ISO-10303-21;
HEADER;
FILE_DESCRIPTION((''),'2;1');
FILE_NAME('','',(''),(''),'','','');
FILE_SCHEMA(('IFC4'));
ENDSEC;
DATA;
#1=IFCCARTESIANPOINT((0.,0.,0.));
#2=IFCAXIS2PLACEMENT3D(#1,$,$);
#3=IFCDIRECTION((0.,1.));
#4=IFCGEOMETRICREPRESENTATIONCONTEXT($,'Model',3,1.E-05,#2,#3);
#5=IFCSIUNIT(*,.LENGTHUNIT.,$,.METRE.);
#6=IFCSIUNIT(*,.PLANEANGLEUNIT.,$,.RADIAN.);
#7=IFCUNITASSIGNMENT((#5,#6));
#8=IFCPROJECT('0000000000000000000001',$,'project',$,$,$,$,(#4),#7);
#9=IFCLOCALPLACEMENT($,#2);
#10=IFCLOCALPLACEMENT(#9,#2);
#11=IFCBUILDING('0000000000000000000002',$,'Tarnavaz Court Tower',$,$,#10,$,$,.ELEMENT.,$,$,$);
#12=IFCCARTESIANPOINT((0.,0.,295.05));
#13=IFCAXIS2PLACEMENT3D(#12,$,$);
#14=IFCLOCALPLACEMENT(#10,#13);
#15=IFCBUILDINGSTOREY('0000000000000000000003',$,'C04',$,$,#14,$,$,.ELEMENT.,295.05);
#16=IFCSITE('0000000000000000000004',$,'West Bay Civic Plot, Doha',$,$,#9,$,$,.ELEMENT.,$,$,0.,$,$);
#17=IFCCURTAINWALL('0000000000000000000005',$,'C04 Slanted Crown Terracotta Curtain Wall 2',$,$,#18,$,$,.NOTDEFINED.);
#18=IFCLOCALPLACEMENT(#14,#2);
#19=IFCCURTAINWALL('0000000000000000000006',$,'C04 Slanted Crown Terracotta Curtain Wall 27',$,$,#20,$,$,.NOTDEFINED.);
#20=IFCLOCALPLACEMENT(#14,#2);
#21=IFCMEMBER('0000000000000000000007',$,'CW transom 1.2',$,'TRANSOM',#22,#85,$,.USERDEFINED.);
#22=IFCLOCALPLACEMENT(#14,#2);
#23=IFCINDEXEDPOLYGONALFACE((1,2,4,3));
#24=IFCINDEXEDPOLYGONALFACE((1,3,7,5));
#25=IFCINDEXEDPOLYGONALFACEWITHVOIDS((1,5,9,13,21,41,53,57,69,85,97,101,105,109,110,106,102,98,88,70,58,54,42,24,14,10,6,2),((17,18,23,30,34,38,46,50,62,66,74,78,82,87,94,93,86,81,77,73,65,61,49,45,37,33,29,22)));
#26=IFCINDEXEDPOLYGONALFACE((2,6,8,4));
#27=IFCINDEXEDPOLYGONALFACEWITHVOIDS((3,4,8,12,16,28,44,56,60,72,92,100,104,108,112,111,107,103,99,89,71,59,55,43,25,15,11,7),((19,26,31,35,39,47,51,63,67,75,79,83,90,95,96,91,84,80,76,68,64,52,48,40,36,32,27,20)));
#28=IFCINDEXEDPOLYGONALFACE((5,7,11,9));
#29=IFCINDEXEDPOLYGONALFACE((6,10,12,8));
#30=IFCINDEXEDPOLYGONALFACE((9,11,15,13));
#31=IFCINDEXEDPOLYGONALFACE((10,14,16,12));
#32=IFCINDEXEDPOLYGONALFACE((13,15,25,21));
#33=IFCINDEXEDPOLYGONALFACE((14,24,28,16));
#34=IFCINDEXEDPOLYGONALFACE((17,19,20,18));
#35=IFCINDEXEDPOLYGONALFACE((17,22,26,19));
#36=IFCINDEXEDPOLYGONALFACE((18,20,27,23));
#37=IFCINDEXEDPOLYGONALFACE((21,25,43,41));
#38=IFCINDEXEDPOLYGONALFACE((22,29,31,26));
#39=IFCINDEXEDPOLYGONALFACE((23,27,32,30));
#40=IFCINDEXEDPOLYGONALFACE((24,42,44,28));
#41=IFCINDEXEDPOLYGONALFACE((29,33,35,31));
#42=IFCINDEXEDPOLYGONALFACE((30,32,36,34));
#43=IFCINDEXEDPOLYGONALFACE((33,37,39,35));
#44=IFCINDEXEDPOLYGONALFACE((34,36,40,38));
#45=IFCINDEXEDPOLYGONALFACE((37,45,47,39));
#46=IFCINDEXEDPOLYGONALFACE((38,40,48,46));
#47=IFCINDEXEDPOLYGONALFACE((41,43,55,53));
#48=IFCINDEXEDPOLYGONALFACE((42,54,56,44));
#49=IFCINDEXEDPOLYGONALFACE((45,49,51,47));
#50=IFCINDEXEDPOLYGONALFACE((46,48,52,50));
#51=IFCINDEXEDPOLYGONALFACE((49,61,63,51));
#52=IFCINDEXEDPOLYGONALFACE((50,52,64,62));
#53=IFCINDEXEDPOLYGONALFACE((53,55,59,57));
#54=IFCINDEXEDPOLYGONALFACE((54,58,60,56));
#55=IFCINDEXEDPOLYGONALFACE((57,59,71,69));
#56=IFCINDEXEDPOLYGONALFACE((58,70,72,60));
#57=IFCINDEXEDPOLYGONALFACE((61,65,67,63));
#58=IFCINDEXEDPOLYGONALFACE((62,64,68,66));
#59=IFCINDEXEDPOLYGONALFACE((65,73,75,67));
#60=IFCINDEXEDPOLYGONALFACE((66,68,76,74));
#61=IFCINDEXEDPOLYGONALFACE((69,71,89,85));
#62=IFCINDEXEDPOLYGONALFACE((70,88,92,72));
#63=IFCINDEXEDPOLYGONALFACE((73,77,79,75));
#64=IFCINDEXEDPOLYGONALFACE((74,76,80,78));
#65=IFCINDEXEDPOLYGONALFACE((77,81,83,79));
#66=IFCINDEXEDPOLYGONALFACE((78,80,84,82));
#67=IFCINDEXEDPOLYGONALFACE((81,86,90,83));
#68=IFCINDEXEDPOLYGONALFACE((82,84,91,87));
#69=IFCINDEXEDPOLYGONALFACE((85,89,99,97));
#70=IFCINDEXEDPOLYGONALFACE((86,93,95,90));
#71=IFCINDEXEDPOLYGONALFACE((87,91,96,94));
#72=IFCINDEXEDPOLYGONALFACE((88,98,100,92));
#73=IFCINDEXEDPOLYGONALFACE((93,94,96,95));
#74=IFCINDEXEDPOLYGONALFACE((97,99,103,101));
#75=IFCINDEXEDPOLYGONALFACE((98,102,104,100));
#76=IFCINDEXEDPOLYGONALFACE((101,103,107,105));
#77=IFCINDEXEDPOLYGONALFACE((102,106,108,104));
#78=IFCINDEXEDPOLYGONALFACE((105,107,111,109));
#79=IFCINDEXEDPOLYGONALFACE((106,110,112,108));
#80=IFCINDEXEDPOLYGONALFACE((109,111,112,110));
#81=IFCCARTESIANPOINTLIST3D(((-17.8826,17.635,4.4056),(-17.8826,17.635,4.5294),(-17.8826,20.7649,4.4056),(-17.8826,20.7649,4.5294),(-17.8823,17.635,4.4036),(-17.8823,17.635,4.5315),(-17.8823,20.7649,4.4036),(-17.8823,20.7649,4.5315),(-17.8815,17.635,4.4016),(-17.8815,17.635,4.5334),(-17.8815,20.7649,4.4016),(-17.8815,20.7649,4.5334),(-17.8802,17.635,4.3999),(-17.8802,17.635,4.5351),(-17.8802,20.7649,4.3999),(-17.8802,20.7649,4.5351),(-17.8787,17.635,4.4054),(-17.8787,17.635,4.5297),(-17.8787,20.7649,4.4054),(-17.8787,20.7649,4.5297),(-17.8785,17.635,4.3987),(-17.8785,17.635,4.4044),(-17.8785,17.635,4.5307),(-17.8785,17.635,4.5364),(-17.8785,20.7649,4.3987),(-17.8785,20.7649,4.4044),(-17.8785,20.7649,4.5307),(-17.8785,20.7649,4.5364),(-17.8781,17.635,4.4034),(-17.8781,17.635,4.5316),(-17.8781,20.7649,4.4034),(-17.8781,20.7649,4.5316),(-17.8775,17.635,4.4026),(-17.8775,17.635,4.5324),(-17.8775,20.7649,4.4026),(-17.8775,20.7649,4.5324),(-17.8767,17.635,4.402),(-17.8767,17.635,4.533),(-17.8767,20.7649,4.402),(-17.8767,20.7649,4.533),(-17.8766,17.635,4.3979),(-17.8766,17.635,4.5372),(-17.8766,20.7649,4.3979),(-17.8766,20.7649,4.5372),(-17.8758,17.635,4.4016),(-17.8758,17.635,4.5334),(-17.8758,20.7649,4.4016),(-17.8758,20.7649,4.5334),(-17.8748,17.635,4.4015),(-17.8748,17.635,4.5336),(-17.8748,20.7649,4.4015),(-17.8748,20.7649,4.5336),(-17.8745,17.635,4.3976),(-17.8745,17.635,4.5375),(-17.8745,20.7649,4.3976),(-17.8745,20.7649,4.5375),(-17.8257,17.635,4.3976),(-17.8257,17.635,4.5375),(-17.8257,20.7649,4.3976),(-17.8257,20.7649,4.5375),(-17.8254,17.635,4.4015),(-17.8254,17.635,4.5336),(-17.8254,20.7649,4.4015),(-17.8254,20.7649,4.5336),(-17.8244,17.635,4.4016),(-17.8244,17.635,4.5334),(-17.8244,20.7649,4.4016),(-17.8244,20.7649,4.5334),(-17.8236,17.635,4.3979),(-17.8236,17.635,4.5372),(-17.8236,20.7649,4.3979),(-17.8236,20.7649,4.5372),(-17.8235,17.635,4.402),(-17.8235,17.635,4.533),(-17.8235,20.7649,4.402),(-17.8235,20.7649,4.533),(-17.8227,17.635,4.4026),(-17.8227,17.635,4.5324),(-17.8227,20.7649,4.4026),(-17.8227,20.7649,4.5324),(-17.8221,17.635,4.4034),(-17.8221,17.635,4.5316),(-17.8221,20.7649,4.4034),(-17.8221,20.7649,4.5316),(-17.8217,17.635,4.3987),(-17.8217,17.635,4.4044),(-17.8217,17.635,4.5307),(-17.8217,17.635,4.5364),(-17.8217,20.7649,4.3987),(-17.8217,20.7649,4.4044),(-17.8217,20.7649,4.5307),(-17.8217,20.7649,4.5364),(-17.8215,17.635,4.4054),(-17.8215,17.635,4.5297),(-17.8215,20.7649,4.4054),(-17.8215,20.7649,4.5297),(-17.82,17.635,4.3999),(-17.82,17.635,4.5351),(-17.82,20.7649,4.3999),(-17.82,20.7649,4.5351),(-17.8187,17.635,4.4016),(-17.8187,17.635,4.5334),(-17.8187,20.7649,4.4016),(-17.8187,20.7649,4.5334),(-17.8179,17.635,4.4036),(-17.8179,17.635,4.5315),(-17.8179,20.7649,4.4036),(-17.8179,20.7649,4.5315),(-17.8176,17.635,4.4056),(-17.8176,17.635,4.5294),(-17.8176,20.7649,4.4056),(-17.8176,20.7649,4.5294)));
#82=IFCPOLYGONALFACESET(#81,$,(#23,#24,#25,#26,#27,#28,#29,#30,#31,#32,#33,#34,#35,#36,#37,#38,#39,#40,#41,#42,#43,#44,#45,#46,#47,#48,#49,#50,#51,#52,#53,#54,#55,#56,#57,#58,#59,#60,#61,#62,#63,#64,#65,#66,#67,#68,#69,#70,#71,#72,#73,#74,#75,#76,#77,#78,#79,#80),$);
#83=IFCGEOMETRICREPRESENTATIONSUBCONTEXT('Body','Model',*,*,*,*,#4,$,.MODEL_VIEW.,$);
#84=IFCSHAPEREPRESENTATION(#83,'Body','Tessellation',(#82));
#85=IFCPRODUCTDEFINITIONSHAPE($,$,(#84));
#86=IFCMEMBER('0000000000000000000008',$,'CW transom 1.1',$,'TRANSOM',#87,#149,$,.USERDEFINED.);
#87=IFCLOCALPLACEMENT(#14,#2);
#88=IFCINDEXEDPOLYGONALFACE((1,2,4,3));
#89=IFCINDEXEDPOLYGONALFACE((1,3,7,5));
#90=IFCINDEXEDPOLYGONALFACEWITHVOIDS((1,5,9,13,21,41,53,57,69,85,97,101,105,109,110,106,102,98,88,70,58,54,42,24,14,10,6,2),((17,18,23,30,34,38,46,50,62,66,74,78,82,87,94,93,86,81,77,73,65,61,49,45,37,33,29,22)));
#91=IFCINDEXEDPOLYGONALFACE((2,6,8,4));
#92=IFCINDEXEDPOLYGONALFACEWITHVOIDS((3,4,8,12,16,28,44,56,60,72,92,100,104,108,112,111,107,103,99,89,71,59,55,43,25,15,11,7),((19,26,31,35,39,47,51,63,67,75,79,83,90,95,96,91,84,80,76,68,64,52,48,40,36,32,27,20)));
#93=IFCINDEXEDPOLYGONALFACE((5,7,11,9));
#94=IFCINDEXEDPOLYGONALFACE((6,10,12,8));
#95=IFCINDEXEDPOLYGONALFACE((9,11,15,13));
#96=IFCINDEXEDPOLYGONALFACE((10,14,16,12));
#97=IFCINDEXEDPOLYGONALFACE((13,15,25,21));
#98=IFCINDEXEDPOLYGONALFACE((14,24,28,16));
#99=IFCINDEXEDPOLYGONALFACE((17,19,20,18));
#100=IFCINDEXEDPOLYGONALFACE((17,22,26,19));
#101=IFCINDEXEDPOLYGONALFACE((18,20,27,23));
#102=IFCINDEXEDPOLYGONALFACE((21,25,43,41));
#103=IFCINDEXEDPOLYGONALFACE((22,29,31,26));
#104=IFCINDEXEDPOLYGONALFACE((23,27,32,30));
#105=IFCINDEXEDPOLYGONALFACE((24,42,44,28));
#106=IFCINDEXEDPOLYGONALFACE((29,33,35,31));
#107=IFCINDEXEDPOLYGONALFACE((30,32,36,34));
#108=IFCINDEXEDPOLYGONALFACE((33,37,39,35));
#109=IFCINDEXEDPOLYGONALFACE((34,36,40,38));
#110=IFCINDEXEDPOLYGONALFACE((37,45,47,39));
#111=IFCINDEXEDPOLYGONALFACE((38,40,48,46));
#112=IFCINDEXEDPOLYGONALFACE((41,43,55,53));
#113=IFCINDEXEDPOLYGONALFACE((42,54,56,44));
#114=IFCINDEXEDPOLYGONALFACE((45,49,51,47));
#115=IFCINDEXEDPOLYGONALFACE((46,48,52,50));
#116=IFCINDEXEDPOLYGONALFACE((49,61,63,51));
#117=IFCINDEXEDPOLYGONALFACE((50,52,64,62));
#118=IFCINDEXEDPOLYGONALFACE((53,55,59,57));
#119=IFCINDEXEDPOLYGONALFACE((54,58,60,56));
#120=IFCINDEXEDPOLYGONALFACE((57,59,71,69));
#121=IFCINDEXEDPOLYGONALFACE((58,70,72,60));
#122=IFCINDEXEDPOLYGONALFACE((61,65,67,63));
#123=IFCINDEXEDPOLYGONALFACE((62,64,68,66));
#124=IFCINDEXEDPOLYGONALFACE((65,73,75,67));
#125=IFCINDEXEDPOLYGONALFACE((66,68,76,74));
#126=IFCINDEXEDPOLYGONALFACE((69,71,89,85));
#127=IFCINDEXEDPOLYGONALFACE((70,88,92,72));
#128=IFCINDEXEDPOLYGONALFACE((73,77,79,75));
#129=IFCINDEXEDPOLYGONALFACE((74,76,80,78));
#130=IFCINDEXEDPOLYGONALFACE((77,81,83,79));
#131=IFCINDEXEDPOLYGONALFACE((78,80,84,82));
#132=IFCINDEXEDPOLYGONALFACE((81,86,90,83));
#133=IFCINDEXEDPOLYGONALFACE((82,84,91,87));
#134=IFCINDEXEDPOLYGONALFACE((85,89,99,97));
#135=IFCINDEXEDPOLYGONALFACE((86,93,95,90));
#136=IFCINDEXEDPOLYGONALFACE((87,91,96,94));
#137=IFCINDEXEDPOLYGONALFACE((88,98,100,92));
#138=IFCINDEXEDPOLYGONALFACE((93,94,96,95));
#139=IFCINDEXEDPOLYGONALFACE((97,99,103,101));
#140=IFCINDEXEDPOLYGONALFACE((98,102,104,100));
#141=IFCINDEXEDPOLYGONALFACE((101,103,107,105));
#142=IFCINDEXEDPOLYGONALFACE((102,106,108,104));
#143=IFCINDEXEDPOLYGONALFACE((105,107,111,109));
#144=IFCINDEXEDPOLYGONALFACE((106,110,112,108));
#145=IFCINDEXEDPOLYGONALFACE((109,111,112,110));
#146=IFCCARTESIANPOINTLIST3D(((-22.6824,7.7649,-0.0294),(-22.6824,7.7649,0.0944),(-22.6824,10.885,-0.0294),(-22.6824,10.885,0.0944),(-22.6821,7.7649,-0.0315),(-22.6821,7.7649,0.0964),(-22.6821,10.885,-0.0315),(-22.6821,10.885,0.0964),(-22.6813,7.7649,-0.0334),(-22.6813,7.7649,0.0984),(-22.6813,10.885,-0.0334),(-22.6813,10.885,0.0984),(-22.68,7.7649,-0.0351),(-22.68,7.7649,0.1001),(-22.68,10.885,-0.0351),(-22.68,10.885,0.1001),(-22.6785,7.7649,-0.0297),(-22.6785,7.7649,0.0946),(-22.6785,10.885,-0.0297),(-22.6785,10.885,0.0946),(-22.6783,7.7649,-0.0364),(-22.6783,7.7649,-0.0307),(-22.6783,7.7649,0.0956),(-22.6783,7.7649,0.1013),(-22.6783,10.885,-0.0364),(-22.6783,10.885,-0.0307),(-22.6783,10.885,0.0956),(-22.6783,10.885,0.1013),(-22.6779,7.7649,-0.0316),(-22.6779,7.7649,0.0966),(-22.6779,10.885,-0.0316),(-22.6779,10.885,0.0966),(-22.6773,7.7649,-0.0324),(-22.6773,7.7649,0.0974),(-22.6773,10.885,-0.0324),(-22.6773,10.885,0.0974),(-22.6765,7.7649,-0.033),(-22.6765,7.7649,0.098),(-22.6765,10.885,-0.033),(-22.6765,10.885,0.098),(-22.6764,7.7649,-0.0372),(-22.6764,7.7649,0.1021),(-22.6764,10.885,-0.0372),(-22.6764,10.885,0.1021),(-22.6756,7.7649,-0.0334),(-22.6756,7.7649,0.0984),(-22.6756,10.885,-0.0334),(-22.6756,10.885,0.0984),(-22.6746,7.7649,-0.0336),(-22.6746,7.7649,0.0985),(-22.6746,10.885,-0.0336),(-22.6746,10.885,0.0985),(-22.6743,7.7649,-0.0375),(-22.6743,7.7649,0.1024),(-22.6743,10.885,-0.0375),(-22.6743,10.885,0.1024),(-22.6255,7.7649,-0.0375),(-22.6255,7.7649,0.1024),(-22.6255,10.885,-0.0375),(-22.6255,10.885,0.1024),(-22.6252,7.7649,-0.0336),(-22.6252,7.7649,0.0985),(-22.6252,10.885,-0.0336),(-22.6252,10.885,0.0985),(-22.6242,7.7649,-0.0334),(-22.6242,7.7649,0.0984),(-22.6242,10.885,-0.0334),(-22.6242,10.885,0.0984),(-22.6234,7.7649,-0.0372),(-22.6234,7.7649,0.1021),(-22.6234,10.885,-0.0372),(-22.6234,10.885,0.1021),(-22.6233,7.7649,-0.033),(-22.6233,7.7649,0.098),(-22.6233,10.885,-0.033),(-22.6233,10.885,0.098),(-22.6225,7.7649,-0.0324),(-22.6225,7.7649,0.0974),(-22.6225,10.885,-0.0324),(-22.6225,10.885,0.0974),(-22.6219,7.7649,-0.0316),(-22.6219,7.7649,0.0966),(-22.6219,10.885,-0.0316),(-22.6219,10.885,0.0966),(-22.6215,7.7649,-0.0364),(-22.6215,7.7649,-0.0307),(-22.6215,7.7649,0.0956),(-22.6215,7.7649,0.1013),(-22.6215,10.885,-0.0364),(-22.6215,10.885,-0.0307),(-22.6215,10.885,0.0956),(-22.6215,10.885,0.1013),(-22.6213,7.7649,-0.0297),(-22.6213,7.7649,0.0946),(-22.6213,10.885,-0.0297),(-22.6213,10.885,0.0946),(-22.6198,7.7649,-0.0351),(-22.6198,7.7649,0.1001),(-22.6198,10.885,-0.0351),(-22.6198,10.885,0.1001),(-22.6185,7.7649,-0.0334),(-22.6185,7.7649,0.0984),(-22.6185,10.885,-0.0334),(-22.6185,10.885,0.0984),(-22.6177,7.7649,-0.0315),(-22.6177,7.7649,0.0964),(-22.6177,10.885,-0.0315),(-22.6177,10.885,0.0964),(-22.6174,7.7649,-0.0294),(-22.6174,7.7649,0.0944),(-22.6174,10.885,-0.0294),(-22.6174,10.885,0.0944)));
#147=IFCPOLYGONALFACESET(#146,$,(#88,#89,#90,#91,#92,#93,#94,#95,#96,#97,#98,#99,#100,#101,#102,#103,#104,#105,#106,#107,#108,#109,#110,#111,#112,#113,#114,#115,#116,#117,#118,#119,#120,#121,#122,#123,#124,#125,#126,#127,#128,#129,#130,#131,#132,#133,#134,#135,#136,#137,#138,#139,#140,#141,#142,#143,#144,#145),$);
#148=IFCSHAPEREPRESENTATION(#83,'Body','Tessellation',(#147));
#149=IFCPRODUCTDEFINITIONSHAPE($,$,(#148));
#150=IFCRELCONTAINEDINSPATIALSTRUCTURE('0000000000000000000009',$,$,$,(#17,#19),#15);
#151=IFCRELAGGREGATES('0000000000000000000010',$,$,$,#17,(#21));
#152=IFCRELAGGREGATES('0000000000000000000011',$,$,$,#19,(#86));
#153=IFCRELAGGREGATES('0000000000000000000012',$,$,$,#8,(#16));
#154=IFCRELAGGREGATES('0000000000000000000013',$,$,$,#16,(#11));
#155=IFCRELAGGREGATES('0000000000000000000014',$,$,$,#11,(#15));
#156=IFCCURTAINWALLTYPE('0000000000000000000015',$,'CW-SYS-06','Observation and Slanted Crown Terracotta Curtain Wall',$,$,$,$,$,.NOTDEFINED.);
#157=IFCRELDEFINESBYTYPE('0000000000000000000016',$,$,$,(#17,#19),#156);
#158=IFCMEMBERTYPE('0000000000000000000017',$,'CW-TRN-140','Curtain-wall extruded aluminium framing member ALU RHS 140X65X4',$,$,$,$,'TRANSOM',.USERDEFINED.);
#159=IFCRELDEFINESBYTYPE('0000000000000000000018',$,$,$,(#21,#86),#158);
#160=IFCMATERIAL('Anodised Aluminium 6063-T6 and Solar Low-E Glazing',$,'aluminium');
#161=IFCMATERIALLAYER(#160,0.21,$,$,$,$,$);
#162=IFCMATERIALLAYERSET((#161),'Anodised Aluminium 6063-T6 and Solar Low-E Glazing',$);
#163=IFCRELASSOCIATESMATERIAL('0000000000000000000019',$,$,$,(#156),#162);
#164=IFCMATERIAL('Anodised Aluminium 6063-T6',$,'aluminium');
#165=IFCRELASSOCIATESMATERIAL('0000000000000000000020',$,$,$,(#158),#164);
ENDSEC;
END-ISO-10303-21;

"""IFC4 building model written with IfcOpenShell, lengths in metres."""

from ifc_helpers import new_model, si_unit, direction, frame, origin, origin_2d, place, context, subcontext, project, spatial, hollow_rectangle, extrude, material, layer, layer_set, material_profile, profile_set, type_object, element, aggregate, save


model = new_model("IFC4")

# Units and contexts
model_context = context("Model", 3, precision=1e-05, world=origin(), true_north=direction((0.0, 1.0)))
body_context = subcontext(model_context, "Body", "Model", "MODEL_VIEW")
ifc_project = project(units=[si_unit("LENGTHUNIT", "METRE"), si_unit("PLANEANGLEUNIT", "RADIAN")], contexts=[model_context])

# Site, building, storey
site_placement = place(None, origin())
site = spatial("IfcSite", under=ifc_project, at=site_placement, Name="West Bay Civic Plot, Doha", CompositionType="ELEMENT", RefElevation=0.0)
building_placement = place(site_placement, origin())
building = spatial("IfcBuilding", under=site, at=building_placement, Name="Tarnavaz Court Tower", CompositionType="ELEMENT")
storey_placement = place(building_placement, frame((0.0, 0.0, 295.05)))
storey = spatial("IfcBuildingStorey", under=building, at=storey_placement, Name="C04", CompositionType="ELEMENT", Elevation=295.05)

# Shared definitions
ifc_material_1 = material(Name="Anodised Aluminium 6063-T6 and Solar Low-E Glazing", Category="aluminium")
ifc_layer_1 = layer(ifc_material_1, 0.21)
ifc_layer_set_1 = layer_set([ifc_layer_1], Name="Anodised Aluminium 6063-T6 and Solar Low-E Glazing")
curtain_wall_type = type_object("IfcCurtainWallType", Name="CW-SYS-06", Description="Observation and Slanted Crown Terracotta Curtain Wall", PredefinedType="NOTDEFINED", material=ifc_layer_set_1)
ifc_material_2 = material(Name="Anodised Aluminium 6063-T6", Category="aluminium")

# Curtain wall
curtain_wall_1_placement = place(storey_placement, origin())
curtain_wall_1 = element("IfcCurtainWall", 1, at=curtain_wall_1_placement, inside=storey, type_object=curtain_wall_type, Name="C04 Slanted Crown Terracotta Curtain Wall 2", PredefinedType="NOTDEFINED")

# Curtain wall
curtain_wall_2_placement = place(storey_placement, origin())
curtain_wall_2 = element("IfcCurtainWall", 2, at=curtain_wall_2_placement, inside=storey, type_object=curtain_wall_type, Name="C04 Slanted Crown Terracotta Curtain Wall 27", PredefinedType="NOTDEFINED")

# Members
ifc_material_profile_1 = material_profile(ifc_material_2, hollow_rectangle(XDim=0.0649, YDim=0.1399, WallThickness=0.0039, InnerFilletRadius=0.0039, OuterFilletRadius=0.0081, at=origin_2d()), Name="ALU RHS 140X65X4")
ifc_profile_set_1 = profile_set([ifc_material_profile_1], Name="Anodised Aluminium 6063-T6")
member_type_1 = type_object("IfcMemberType", Name="CW-TRN-140", Description="Curtain-wall extruded aluminium framing member ALU RHS 140X65X4", ElementType="TRANSOM", PredefinedType="USERDEFINED", material=ifc_profile_set_1)
member_1_placement = place(storey_placement, frame((-17.8501, 17.635, 4.4675), z_axis=(0.0, 1.0, 0.0), x_axis=(-1.0, 0.0, 0.0)))
member_1 = element("IfcMember", 3, at=member_1_placement, type_object=member_type_1, Name="CW transom 1.2", ObjectType="TRANSOM", PredefinedType="USERDEFINED", context=body_context, shape_type="SweptSolid", body=[
    extrude(hollow_rectangle(XDim=0.0649, YDim=0.1399, WallThickness=0.0039, InnerFilletRadius=0.0039, OuterFilletRadius=0.0081, at=origin_2d()), origin(), (0.0, 0.0, 1.0), 3.1299),
])
member_2_placement = place(storey_placement, frame((-22.6499, 7.7649, 0.0325), z_axis=(0.0, 1.0, 0.0), x_axis=(-1.0, 0.0, 0.0)))
member_2 = element("IfcMember", 4, at=member_2_placement, type_object=member_type_1, Name="CW transom 1.1", ObjectType="TRANSOM", PredefinedType="USERDEFINED", context=body_context, shape_type="SweptSolid", body=[
    extrude(hollow_rectangle(XDim=0.0649, YDim=0.1399, WallThickness=0.0039, InnerFilletRadius=0.0039, OuterFilletRadius=0.0081, at=origin_2d()), origin(), (0.0, 0.0, 1.0), 3.1201),
])

aggregate(curtain_wall_1, [member_1])
aggregate(curtain_wall_2, [member_2])

save(model, "model.ifc")
